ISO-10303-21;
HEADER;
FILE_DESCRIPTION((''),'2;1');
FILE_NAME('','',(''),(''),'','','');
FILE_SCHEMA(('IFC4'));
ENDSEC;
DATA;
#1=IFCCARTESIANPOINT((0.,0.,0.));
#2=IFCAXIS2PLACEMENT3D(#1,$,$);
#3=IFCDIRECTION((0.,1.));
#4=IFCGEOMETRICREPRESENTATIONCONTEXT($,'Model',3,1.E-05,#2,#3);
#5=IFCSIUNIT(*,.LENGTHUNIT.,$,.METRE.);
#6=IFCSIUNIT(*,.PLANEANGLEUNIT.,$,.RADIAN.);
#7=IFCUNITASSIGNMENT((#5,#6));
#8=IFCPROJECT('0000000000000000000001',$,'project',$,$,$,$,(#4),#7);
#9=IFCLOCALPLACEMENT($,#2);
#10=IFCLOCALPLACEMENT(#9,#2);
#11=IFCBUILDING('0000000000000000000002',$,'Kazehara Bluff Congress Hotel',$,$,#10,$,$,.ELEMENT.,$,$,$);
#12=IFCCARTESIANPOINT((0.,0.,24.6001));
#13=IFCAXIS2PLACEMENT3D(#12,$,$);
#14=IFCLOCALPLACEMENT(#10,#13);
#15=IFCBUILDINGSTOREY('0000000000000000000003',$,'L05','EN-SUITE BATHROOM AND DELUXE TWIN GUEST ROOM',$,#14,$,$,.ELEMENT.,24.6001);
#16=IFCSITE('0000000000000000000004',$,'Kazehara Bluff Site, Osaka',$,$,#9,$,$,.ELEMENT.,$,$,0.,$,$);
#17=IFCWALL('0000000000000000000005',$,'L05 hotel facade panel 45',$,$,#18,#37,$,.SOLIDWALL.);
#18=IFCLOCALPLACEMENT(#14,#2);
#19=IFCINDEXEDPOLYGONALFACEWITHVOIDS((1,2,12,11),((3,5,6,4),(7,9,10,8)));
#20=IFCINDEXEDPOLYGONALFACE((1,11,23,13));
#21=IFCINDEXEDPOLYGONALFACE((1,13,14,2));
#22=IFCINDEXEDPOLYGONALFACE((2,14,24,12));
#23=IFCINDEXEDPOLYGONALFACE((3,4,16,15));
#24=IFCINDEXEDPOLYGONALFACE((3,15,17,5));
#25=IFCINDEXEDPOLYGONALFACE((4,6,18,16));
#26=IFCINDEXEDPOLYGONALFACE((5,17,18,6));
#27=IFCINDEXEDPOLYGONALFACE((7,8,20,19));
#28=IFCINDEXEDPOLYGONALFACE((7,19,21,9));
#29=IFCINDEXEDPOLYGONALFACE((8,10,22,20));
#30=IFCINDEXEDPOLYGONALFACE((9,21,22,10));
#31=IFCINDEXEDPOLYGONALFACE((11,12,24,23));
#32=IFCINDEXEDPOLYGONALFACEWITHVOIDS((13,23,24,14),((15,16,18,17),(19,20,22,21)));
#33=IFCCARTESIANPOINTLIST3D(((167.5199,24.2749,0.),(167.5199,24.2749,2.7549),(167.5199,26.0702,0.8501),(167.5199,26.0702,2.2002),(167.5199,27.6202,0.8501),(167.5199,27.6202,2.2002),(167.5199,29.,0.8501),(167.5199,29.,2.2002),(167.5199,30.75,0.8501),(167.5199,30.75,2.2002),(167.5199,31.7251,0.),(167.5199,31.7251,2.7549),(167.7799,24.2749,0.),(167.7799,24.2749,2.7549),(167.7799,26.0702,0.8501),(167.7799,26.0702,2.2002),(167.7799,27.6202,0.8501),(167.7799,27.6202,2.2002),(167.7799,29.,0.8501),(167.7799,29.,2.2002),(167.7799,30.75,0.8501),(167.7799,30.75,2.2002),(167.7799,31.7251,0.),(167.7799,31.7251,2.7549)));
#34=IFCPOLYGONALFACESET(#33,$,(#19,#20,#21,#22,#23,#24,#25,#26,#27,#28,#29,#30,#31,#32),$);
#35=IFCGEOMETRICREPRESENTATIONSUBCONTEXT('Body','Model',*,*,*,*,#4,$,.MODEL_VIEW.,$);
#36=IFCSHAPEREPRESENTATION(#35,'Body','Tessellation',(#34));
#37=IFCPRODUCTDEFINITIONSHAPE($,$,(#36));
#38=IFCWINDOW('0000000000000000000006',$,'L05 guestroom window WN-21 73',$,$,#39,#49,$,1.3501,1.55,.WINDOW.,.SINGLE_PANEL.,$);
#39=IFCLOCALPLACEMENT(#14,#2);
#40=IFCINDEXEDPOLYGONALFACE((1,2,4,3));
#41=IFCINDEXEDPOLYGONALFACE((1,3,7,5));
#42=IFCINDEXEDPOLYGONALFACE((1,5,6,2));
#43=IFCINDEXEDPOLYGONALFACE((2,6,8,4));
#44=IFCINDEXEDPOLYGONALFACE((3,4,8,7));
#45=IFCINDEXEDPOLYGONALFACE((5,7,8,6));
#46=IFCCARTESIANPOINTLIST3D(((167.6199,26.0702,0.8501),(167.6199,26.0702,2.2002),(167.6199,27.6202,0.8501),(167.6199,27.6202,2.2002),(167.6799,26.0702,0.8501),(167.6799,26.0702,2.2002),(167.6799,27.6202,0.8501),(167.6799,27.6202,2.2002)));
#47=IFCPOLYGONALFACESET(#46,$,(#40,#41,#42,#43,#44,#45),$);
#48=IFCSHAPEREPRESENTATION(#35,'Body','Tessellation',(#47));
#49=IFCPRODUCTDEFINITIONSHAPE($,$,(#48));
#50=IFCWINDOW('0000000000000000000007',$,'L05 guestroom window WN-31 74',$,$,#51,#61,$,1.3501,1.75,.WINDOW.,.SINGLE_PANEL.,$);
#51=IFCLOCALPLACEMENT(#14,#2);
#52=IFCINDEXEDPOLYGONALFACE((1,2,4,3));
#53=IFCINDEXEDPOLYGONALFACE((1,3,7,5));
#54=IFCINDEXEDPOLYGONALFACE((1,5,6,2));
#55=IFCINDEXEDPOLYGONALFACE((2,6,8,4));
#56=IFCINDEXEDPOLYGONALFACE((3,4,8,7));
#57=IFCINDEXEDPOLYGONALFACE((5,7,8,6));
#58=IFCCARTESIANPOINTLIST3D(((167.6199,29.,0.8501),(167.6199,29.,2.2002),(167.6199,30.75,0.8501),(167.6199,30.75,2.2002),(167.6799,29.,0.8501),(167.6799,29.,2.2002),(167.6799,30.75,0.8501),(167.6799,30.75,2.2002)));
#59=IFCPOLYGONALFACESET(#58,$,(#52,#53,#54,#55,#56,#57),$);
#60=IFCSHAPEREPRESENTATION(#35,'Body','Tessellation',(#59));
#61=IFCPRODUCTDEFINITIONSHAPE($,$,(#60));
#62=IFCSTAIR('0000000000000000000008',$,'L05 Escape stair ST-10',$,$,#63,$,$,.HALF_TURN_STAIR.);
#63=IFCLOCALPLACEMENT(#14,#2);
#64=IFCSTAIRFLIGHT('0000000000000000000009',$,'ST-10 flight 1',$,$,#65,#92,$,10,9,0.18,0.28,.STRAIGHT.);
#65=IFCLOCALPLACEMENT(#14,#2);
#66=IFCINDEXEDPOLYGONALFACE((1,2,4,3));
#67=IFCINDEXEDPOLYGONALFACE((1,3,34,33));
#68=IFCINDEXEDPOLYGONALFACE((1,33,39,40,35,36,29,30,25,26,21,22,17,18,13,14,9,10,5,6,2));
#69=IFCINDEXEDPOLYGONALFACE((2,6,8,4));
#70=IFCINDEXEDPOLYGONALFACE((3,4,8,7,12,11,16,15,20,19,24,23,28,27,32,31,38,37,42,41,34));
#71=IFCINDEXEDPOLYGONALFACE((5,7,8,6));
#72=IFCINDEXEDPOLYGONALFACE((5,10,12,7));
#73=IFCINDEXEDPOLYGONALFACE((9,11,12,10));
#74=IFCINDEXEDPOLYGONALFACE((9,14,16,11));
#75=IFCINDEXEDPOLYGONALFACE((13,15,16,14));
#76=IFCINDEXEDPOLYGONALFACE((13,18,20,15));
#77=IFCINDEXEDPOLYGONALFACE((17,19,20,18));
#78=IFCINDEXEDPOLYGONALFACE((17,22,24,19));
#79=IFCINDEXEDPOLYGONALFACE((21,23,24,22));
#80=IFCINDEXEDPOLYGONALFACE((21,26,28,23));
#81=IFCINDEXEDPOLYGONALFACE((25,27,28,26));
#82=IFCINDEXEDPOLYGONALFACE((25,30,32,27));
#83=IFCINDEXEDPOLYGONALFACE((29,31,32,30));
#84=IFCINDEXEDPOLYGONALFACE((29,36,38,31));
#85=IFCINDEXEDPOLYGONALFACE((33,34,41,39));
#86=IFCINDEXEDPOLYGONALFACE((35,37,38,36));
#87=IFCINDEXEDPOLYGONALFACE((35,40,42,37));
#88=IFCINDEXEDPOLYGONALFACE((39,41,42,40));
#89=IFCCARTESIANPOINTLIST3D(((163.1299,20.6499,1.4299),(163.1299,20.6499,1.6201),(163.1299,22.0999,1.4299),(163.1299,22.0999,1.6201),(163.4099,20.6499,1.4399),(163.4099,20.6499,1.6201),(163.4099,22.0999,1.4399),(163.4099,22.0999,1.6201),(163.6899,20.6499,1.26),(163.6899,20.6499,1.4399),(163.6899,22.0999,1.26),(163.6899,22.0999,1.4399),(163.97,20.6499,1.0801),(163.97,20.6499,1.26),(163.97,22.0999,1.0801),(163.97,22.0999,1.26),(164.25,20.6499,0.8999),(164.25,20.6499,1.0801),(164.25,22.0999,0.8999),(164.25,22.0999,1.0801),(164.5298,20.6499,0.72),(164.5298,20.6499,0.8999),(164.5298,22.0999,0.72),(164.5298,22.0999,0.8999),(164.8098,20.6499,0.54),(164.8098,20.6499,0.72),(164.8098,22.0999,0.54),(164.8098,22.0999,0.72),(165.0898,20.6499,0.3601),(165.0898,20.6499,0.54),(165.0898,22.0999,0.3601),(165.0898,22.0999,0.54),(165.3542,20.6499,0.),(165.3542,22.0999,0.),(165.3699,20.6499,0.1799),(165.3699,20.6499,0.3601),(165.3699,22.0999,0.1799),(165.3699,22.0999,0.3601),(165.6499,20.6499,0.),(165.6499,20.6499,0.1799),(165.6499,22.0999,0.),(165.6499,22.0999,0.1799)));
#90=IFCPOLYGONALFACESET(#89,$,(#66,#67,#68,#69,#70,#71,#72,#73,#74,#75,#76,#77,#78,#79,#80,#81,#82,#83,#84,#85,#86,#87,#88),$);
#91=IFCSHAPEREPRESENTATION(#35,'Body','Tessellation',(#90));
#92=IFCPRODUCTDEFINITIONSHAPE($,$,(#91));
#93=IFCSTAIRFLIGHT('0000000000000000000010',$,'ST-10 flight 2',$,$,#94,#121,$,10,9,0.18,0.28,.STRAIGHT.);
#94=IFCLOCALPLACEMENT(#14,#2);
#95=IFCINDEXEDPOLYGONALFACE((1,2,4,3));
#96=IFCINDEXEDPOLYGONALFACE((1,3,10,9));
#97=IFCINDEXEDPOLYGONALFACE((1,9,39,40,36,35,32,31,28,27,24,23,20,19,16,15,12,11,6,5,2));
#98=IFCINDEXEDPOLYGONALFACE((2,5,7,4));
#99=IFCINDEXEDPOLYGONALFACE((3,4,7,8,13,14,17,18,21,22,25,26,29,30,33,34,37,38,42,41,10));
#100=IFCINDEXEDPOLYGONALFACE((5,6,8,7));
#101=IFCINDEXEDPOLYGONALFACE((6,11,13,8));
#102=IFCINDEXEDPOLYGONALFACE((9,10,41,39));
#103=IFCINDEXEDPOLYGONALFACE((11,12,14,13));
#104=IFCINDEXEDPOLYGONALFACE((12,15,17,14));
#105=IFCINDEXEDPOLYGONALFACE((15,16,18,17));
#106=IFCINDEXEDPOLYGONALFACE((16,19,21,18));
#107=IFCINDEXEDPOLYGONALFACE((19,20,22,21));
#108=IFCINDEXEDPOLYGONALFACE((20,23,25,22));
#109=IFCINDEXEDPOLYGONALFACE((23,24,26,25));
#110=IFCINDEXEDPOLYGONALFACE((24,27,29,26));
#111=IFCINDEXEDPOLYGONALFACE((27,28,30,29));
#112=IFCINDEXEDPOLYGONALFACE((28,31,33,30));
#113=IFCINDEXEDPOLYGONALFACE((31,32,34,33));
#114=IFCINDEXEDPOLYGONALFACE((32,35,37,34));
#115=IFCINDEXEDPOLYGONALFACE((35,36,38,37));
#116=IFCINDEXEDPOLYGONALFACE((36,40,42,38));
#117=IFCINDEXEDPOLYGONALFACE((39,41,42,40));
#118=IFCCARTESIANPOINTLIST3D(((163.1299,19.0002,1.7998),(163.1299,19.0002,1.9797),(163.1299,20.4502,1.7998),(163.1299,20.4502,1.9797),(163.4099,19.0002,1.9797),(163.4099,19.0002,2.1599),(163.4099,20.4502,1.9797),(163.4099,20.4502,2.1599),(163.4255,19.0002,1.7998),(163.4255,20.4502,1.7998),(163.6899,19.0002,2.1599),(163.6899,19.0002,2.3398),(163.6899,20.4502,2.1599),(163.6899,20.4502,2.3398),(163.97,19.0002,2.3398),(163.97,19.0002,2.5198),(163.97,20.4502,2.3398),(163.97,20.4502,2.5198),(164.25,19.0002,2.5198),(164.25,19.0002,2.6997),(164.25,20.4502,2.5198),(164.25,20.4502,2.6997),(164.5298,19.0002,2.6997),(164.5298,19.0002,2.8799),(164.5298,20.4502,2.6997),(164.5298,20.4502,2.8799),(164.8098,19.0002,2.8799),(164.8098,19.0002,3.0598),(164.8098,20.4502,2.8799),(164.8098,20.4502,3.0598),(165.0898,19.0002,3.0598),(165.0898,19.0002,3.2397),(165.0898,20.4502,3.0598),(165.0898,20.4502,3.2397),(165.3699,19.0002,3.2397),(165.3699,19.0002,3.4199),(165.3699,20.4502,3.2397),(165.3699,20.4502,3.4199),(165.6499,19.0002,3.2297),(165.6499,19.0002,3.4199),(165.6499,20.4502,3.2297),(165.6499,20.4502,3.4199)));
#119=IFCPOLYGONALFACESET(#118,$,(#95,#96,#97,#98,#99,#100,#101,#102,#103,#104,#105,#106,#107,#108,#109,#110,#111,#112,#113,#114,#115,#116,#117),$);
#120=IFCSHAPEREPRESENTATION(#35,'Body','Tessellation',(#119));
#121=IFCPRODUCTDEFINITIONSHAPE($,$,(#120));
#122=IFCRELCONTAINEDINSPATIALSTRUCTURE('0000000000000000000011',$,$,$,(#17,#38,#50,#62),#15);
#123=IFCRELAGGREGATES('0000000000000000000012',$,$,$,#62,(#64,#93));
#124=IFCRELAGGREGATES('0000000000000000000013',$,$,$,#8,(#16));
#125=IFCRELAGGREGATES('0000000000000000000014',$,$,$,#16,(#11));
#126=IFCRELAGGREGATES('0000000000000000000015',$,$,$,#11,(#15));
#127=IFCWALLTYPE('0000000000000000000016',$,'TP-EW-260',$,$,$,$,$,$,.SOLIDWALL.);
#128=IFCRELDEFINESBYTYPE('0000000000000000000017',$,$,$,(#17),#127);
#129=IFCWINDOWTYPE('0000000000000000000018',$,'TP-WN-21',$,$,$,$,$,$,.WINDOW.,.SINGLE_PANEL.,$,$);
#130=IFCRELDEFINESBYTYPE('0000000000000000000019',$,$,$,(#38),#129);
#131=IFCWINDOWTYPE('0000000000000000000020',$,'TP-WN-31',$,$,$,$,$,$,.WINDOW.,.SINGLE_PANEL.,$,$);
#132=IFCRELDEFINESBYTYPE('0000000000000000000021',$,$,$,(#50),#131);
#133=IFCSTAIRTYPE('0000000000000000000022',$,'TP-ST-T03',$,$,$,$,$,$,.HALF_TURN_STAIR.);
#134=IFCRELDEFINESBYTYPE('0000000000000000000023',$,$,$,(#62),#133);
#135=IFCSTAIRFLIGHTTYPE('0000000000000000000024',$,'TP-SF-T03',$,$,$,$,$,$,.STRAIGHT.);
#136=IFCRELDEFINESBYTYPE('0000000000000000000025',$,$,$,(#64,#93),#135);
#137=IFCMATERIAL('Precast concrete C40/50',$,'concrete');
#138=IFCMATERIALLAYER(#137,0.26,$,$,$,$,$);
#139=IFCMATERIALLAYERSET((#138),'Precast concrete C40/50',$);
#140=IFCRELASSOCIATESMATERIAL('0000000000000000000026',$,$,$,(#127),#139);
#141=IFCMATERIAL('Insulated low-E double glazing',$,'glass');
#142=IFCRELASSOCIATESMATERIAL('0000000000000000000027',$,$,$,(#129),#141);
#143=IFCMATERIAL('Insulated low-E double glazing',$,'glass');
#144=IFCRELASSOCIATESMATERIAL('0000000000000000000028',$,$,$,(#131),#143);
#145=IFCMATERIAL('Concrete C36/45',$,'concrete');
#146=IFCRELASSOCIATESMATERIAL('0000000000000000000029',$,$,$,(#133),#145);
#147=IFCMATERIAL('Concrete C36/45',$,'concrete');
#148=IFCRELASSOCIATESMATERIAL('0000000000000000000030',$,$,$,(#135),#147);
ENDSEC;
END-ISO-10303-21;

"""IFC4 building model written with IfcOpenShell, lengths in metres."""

from ifc_helpers import new_model, si_unit, direction, frame, frame_2d, origin, place, context, subcontext, project, spatial, polyline, rectangle, outline, extrude, material, layer, layer_set, type_object, element, fill, aggregate, save


model = new_model("IFC4")

# Units and contexts
model_context = context("Model", 3, precision=1e-05, world=origin(), true_north=direction((0.0, 1.0)))
body_context = subcontext(model_context, "Body", "Model", "MODEL_VIEW")
ifc_project = project(units=[si_unit("LENGTHUNIT", "METRE"), si_unit("PLANEANGLEUNIT", "RADIAN")], contexts=[model_context])

# Site, building, storey
site_placement = place(None, origin())
site = spatial("IfcSite", under=ifc_project, at=site_placement, Name="Kazehara Bluff Site, Osaka", CompositionType="ELEMENT", RefElevation=0.0)
building_placement = place(site_placement, origin())
building = spatial("IfcBuilding", under=site, at=building_placement, Name="Kazehara Bluff Congress Hotel", CompositionType="ELEMENT")
storey_placement = place(building_placement, frame((0.0, 0.0, 24.6001)))
storey = spatial("IfcBuildingStorey", under=building, at=storey_placement, Name="L05", Description="EN-SUITE BATHROOM AND DELUXE TWIN GUEST ROOM", CompositionType="ELEMENT", Elevation=24.6001)

# Shared definitions
ifc_material_1 = material(Name="Precast concrete C40/50", Category="concrete")
ifc_layer_1 = layer(ifc_material_1, 0.26)
ifc_layer_set_1 = layer_set([ifc_layer_1], Name="Precast concrete C40/50")
wall_type_1 = type_object("IfcWallType", Name="TP-EW-260", PredefinedType="SOLIDWALL", material=ifc_layer_set_1)

# Wall, openings, windows
wall_1_placement = place(storey_placement, frame((167.6499, 31.7251, 0.0), z_axis=(0.0, 0.0, 1.0), x_axis=(0.0, -1.0, 0.0)))
wall_1 = element("IfcWall", 1, at=wall_1_placement, inside=storey, type_object=wall_type_1, Name="L05 hotel facade panel 45", PredefinedType="SOLIDWALL", context=body_context, shape_type="SweptSolid", body=[
    extrude(rectangle(XDim=7.4502, YDim=0.26, at=frame_2d((3.7251, 0.0))), origin(), (0.0, 0.0, 1.0), 2.7549),
])
opening_1_placement = place(wall_1_placement, frame((4.105, 0.0, 0.8501)))
opening_1 = element("IfcOpeningElement", 2, at=opening_1_placement, cuts=wall_1, PredefinedType="OPENING", context=body_context, shape_type="SweptSolid", body=[
    extrude(rectangle(XDim=1.55, YDim=1.3501, at=frame_2d((0.7749, 0.675))), frame((0.0, 0.1399, 0.0), z_axis=(0.0, -1.0, 0.0), x_axis=(1.0, 0.0, 0.0)), (0.0, 0.0, 1.0), 0.28),
])
opening_2_placement = place(wall_1_placement, frame((0.9751, 0.0, 0.8501)))
opening_2 = element("IfcOpeningElement", 3, at=opening_2_placement, cuts=wall_1, PredefinedType="OPENING", context=body_context, shape_type="SweptSolid", body=[
    extrude(rectangle(XDim=1.75, YDim=1.3501, at=frame_2d((0.875, 0.675))), frame((0.0, 0.1399, 0.0), z_axis=(0.0, -1.0, 0.0), x_axis=(1.0, 0.0, 0.0)), (0.0, 0.0, 1.0), 0.28),
])
ifc_material_2 = material(Name="Insulated low-E double glazing", Category="glass")
window_type_1 = type_object("IfcWindowType", Name="TP-WN-21", PartitioningType="SINGLE_PANEL", PredefinedType="WINDOW", material=ifc_material_2)
window_1_placement = place(opening_1_placement, origin())
window_1 = element("IfcWindow", 4, at=window_1_placement, inside=storey, type_object=window_type_1, Name="L05 guestroom window WN-21 73", OverallHeight=1.3501, OverallWidth=1.55, PartitioningType="SINGLE_PANEL", PredefinedType="WINDOW", context=body_context, shape_type="SweptSolid", body=[
    extrude(rectangle(XDim=1.55, YDim=1.3501, at=frame_2d((0.7749, 0.675))), frame((0.0, 0.03, 0.0), z_axis=(0.0, -1.0, 0.0), x_axis=(1.0, 0.0, 0.0)), (0.0, 0.0, 1.0), 0.0601),
])
fill(opening_1, window_1)
ifc_material_3 = material(Name="Insulated low-E double glazing", Category="glass")
window_type_2 = type_object("IfcWindowType", Name="TP-WN-31", PartitioningType="SINGLE_PANEL", PredefinedType="WINDOW", material=ifc_material_3)
window_2_placement = place(opening_2_placement, origin())
window_2 = element("IfcWindow", 5, at=window_2_placement, inside=storey, type_object=window_type_2, Name="L05 guestroom window WN-31 74", OverallHeight=1.3501, OverallWidth=1.75, PartitioningType="SINGLE_PANEL", PredefinedType="WINDOW", context=body_context, shape_type="SweptSolid", body=[
    extrude(rectangle(XDim=1.75, YDim=1.3501, at=frame_2d((0.875, 0.675))), frame((0.0, 0.03, 0.0), z_axis=(0.0, -1.0, 0.0), x_axis=(1.0, 0.0, 0.0)), (0.0, 0.0, 1.0), 0.0601),
])
fill(opening_2, window_2)

# Stair, stair flights
ifc_material_4 = material(Name="Concrete C36/45", Category="concrete")
stair_type = type_object("IfcStairType", Name="TP-ST-T03", PredefinedType="HALF_TURN_STAIR", material=ifc_material_4)
stair_placement = place(storey_placement, origin())
stair = element("IfcStair", 6, at=stair_placement, inside=storey, type_object=stair_type, Name="L05 Escape stair ST-10", PredefinedType="HALF_TURN_STAIR")
ifc_material_5 = material(Name="Concrete C36/45", Category="concrete")
stair_flight_type = type_object("IfcStairFlightType", Name="TP-SF-T03", PredefinedType="STRAIGHT", material=ifc_material_5)
stair_flight_1_placement = place(storey_placement, frame((165.6499, 21.375, 0.0), z_axis=(0.0, 0.0, 1.0), x_axis=(-1.0, 0.0, 0.0)))
stair_flight_1 = element("IfcStairFlight", 7, at=stair_flight_1_placement, type_object=stair_flight_type, Name="ST-10 flight 1", NumberOfRisers=10, NumberOfTreads=9, PredefinedType="STRAIGHT", RiserHeight=0.18, TreadLength=0.28, context=body_context, shape_type="SweptSolid", body=[
    extrude(outline(polyline([(0.0, 0.0), (0.0, 0.1799), (0.28, 0.1799), (0.28, 0.3601), (0.5601, 0.3601), (0.5601, 0.54), (0.8401, 0.54), (0.8401, 0.72), (1.1201, 0.72), (1.1201, 0.8999), (1.3999, 0.8999), (1.3999, 1.0801), (1.6799, 1.0801), (1.6799, 1.26), (1.96, 1.26), (1.96, 1.4399), (2.24, 1.4399), (2.24, 1.6201), (2.52, 1.6201), (2.52, 1.8), (2.52, 1.4299), (0.2957, 0.0), (0.0, 0.0)])), frame((0.0, 0.7251, 0.0), z_axis=(0.0, -1.0, 0.0), x_axis=(1.0, 0.0, 0.0)), (0.0, 0.0, 1.0), 1.45),
])
stair_flight_2_placement = place(storey_placement, frame((163.1299, 19.7251, 1.7998), z_axis=(0.0, 0.0, 1.0), x_axis=(1.0, 0.0, 0.0)))
stair_flight_2 = element("IfcStairFlight", 8, at=stair_flight_2_placement, type_object=stair_flight_type, Name="ST-10 flight 2", NumberOfRisers=10, NumberOfTreads=9, PredefinedType="STRAIGHT", RiserHeight=0.18, TreadLength=0.28, context=body_context, shape_type="SweptSolid", body=[
    extrude(outline(polyline([(0.0, 0.0), (0.0, 0.1799), (0.28, 0.1799), (0.28, 0.3601), (0.5601, 0.3601), (0.5601, 0.54), (0.8401, 0.54), (0.8401, 0.72), (1.1201, 0.72), (1.1201, 0.8999), (1.3999, 0.8999), (1.3999, 1.0801), (1.6799, 1.0801), (1.6799, 1.26), (1.96, 1.26), (1.96, 1.4399), (2.24, 1.4399), (2.24, 1.6201), (2.52, 1.6201), (2.52, 1.8), (2.52, 1.4299), (0.2957, 0.0), (0.0, 0.0)])), frame((0.0, 0.7251, 0.0), z_axis=(0.0, -1.0, 0.0), x_axis=(1.0, 0.0, 0.0)), (0.0, 0.0, 1.0), 1.45),
])
aggregate(stair, [stair_flight_1, stair_flight_2])

save(model, "model.ifc")
